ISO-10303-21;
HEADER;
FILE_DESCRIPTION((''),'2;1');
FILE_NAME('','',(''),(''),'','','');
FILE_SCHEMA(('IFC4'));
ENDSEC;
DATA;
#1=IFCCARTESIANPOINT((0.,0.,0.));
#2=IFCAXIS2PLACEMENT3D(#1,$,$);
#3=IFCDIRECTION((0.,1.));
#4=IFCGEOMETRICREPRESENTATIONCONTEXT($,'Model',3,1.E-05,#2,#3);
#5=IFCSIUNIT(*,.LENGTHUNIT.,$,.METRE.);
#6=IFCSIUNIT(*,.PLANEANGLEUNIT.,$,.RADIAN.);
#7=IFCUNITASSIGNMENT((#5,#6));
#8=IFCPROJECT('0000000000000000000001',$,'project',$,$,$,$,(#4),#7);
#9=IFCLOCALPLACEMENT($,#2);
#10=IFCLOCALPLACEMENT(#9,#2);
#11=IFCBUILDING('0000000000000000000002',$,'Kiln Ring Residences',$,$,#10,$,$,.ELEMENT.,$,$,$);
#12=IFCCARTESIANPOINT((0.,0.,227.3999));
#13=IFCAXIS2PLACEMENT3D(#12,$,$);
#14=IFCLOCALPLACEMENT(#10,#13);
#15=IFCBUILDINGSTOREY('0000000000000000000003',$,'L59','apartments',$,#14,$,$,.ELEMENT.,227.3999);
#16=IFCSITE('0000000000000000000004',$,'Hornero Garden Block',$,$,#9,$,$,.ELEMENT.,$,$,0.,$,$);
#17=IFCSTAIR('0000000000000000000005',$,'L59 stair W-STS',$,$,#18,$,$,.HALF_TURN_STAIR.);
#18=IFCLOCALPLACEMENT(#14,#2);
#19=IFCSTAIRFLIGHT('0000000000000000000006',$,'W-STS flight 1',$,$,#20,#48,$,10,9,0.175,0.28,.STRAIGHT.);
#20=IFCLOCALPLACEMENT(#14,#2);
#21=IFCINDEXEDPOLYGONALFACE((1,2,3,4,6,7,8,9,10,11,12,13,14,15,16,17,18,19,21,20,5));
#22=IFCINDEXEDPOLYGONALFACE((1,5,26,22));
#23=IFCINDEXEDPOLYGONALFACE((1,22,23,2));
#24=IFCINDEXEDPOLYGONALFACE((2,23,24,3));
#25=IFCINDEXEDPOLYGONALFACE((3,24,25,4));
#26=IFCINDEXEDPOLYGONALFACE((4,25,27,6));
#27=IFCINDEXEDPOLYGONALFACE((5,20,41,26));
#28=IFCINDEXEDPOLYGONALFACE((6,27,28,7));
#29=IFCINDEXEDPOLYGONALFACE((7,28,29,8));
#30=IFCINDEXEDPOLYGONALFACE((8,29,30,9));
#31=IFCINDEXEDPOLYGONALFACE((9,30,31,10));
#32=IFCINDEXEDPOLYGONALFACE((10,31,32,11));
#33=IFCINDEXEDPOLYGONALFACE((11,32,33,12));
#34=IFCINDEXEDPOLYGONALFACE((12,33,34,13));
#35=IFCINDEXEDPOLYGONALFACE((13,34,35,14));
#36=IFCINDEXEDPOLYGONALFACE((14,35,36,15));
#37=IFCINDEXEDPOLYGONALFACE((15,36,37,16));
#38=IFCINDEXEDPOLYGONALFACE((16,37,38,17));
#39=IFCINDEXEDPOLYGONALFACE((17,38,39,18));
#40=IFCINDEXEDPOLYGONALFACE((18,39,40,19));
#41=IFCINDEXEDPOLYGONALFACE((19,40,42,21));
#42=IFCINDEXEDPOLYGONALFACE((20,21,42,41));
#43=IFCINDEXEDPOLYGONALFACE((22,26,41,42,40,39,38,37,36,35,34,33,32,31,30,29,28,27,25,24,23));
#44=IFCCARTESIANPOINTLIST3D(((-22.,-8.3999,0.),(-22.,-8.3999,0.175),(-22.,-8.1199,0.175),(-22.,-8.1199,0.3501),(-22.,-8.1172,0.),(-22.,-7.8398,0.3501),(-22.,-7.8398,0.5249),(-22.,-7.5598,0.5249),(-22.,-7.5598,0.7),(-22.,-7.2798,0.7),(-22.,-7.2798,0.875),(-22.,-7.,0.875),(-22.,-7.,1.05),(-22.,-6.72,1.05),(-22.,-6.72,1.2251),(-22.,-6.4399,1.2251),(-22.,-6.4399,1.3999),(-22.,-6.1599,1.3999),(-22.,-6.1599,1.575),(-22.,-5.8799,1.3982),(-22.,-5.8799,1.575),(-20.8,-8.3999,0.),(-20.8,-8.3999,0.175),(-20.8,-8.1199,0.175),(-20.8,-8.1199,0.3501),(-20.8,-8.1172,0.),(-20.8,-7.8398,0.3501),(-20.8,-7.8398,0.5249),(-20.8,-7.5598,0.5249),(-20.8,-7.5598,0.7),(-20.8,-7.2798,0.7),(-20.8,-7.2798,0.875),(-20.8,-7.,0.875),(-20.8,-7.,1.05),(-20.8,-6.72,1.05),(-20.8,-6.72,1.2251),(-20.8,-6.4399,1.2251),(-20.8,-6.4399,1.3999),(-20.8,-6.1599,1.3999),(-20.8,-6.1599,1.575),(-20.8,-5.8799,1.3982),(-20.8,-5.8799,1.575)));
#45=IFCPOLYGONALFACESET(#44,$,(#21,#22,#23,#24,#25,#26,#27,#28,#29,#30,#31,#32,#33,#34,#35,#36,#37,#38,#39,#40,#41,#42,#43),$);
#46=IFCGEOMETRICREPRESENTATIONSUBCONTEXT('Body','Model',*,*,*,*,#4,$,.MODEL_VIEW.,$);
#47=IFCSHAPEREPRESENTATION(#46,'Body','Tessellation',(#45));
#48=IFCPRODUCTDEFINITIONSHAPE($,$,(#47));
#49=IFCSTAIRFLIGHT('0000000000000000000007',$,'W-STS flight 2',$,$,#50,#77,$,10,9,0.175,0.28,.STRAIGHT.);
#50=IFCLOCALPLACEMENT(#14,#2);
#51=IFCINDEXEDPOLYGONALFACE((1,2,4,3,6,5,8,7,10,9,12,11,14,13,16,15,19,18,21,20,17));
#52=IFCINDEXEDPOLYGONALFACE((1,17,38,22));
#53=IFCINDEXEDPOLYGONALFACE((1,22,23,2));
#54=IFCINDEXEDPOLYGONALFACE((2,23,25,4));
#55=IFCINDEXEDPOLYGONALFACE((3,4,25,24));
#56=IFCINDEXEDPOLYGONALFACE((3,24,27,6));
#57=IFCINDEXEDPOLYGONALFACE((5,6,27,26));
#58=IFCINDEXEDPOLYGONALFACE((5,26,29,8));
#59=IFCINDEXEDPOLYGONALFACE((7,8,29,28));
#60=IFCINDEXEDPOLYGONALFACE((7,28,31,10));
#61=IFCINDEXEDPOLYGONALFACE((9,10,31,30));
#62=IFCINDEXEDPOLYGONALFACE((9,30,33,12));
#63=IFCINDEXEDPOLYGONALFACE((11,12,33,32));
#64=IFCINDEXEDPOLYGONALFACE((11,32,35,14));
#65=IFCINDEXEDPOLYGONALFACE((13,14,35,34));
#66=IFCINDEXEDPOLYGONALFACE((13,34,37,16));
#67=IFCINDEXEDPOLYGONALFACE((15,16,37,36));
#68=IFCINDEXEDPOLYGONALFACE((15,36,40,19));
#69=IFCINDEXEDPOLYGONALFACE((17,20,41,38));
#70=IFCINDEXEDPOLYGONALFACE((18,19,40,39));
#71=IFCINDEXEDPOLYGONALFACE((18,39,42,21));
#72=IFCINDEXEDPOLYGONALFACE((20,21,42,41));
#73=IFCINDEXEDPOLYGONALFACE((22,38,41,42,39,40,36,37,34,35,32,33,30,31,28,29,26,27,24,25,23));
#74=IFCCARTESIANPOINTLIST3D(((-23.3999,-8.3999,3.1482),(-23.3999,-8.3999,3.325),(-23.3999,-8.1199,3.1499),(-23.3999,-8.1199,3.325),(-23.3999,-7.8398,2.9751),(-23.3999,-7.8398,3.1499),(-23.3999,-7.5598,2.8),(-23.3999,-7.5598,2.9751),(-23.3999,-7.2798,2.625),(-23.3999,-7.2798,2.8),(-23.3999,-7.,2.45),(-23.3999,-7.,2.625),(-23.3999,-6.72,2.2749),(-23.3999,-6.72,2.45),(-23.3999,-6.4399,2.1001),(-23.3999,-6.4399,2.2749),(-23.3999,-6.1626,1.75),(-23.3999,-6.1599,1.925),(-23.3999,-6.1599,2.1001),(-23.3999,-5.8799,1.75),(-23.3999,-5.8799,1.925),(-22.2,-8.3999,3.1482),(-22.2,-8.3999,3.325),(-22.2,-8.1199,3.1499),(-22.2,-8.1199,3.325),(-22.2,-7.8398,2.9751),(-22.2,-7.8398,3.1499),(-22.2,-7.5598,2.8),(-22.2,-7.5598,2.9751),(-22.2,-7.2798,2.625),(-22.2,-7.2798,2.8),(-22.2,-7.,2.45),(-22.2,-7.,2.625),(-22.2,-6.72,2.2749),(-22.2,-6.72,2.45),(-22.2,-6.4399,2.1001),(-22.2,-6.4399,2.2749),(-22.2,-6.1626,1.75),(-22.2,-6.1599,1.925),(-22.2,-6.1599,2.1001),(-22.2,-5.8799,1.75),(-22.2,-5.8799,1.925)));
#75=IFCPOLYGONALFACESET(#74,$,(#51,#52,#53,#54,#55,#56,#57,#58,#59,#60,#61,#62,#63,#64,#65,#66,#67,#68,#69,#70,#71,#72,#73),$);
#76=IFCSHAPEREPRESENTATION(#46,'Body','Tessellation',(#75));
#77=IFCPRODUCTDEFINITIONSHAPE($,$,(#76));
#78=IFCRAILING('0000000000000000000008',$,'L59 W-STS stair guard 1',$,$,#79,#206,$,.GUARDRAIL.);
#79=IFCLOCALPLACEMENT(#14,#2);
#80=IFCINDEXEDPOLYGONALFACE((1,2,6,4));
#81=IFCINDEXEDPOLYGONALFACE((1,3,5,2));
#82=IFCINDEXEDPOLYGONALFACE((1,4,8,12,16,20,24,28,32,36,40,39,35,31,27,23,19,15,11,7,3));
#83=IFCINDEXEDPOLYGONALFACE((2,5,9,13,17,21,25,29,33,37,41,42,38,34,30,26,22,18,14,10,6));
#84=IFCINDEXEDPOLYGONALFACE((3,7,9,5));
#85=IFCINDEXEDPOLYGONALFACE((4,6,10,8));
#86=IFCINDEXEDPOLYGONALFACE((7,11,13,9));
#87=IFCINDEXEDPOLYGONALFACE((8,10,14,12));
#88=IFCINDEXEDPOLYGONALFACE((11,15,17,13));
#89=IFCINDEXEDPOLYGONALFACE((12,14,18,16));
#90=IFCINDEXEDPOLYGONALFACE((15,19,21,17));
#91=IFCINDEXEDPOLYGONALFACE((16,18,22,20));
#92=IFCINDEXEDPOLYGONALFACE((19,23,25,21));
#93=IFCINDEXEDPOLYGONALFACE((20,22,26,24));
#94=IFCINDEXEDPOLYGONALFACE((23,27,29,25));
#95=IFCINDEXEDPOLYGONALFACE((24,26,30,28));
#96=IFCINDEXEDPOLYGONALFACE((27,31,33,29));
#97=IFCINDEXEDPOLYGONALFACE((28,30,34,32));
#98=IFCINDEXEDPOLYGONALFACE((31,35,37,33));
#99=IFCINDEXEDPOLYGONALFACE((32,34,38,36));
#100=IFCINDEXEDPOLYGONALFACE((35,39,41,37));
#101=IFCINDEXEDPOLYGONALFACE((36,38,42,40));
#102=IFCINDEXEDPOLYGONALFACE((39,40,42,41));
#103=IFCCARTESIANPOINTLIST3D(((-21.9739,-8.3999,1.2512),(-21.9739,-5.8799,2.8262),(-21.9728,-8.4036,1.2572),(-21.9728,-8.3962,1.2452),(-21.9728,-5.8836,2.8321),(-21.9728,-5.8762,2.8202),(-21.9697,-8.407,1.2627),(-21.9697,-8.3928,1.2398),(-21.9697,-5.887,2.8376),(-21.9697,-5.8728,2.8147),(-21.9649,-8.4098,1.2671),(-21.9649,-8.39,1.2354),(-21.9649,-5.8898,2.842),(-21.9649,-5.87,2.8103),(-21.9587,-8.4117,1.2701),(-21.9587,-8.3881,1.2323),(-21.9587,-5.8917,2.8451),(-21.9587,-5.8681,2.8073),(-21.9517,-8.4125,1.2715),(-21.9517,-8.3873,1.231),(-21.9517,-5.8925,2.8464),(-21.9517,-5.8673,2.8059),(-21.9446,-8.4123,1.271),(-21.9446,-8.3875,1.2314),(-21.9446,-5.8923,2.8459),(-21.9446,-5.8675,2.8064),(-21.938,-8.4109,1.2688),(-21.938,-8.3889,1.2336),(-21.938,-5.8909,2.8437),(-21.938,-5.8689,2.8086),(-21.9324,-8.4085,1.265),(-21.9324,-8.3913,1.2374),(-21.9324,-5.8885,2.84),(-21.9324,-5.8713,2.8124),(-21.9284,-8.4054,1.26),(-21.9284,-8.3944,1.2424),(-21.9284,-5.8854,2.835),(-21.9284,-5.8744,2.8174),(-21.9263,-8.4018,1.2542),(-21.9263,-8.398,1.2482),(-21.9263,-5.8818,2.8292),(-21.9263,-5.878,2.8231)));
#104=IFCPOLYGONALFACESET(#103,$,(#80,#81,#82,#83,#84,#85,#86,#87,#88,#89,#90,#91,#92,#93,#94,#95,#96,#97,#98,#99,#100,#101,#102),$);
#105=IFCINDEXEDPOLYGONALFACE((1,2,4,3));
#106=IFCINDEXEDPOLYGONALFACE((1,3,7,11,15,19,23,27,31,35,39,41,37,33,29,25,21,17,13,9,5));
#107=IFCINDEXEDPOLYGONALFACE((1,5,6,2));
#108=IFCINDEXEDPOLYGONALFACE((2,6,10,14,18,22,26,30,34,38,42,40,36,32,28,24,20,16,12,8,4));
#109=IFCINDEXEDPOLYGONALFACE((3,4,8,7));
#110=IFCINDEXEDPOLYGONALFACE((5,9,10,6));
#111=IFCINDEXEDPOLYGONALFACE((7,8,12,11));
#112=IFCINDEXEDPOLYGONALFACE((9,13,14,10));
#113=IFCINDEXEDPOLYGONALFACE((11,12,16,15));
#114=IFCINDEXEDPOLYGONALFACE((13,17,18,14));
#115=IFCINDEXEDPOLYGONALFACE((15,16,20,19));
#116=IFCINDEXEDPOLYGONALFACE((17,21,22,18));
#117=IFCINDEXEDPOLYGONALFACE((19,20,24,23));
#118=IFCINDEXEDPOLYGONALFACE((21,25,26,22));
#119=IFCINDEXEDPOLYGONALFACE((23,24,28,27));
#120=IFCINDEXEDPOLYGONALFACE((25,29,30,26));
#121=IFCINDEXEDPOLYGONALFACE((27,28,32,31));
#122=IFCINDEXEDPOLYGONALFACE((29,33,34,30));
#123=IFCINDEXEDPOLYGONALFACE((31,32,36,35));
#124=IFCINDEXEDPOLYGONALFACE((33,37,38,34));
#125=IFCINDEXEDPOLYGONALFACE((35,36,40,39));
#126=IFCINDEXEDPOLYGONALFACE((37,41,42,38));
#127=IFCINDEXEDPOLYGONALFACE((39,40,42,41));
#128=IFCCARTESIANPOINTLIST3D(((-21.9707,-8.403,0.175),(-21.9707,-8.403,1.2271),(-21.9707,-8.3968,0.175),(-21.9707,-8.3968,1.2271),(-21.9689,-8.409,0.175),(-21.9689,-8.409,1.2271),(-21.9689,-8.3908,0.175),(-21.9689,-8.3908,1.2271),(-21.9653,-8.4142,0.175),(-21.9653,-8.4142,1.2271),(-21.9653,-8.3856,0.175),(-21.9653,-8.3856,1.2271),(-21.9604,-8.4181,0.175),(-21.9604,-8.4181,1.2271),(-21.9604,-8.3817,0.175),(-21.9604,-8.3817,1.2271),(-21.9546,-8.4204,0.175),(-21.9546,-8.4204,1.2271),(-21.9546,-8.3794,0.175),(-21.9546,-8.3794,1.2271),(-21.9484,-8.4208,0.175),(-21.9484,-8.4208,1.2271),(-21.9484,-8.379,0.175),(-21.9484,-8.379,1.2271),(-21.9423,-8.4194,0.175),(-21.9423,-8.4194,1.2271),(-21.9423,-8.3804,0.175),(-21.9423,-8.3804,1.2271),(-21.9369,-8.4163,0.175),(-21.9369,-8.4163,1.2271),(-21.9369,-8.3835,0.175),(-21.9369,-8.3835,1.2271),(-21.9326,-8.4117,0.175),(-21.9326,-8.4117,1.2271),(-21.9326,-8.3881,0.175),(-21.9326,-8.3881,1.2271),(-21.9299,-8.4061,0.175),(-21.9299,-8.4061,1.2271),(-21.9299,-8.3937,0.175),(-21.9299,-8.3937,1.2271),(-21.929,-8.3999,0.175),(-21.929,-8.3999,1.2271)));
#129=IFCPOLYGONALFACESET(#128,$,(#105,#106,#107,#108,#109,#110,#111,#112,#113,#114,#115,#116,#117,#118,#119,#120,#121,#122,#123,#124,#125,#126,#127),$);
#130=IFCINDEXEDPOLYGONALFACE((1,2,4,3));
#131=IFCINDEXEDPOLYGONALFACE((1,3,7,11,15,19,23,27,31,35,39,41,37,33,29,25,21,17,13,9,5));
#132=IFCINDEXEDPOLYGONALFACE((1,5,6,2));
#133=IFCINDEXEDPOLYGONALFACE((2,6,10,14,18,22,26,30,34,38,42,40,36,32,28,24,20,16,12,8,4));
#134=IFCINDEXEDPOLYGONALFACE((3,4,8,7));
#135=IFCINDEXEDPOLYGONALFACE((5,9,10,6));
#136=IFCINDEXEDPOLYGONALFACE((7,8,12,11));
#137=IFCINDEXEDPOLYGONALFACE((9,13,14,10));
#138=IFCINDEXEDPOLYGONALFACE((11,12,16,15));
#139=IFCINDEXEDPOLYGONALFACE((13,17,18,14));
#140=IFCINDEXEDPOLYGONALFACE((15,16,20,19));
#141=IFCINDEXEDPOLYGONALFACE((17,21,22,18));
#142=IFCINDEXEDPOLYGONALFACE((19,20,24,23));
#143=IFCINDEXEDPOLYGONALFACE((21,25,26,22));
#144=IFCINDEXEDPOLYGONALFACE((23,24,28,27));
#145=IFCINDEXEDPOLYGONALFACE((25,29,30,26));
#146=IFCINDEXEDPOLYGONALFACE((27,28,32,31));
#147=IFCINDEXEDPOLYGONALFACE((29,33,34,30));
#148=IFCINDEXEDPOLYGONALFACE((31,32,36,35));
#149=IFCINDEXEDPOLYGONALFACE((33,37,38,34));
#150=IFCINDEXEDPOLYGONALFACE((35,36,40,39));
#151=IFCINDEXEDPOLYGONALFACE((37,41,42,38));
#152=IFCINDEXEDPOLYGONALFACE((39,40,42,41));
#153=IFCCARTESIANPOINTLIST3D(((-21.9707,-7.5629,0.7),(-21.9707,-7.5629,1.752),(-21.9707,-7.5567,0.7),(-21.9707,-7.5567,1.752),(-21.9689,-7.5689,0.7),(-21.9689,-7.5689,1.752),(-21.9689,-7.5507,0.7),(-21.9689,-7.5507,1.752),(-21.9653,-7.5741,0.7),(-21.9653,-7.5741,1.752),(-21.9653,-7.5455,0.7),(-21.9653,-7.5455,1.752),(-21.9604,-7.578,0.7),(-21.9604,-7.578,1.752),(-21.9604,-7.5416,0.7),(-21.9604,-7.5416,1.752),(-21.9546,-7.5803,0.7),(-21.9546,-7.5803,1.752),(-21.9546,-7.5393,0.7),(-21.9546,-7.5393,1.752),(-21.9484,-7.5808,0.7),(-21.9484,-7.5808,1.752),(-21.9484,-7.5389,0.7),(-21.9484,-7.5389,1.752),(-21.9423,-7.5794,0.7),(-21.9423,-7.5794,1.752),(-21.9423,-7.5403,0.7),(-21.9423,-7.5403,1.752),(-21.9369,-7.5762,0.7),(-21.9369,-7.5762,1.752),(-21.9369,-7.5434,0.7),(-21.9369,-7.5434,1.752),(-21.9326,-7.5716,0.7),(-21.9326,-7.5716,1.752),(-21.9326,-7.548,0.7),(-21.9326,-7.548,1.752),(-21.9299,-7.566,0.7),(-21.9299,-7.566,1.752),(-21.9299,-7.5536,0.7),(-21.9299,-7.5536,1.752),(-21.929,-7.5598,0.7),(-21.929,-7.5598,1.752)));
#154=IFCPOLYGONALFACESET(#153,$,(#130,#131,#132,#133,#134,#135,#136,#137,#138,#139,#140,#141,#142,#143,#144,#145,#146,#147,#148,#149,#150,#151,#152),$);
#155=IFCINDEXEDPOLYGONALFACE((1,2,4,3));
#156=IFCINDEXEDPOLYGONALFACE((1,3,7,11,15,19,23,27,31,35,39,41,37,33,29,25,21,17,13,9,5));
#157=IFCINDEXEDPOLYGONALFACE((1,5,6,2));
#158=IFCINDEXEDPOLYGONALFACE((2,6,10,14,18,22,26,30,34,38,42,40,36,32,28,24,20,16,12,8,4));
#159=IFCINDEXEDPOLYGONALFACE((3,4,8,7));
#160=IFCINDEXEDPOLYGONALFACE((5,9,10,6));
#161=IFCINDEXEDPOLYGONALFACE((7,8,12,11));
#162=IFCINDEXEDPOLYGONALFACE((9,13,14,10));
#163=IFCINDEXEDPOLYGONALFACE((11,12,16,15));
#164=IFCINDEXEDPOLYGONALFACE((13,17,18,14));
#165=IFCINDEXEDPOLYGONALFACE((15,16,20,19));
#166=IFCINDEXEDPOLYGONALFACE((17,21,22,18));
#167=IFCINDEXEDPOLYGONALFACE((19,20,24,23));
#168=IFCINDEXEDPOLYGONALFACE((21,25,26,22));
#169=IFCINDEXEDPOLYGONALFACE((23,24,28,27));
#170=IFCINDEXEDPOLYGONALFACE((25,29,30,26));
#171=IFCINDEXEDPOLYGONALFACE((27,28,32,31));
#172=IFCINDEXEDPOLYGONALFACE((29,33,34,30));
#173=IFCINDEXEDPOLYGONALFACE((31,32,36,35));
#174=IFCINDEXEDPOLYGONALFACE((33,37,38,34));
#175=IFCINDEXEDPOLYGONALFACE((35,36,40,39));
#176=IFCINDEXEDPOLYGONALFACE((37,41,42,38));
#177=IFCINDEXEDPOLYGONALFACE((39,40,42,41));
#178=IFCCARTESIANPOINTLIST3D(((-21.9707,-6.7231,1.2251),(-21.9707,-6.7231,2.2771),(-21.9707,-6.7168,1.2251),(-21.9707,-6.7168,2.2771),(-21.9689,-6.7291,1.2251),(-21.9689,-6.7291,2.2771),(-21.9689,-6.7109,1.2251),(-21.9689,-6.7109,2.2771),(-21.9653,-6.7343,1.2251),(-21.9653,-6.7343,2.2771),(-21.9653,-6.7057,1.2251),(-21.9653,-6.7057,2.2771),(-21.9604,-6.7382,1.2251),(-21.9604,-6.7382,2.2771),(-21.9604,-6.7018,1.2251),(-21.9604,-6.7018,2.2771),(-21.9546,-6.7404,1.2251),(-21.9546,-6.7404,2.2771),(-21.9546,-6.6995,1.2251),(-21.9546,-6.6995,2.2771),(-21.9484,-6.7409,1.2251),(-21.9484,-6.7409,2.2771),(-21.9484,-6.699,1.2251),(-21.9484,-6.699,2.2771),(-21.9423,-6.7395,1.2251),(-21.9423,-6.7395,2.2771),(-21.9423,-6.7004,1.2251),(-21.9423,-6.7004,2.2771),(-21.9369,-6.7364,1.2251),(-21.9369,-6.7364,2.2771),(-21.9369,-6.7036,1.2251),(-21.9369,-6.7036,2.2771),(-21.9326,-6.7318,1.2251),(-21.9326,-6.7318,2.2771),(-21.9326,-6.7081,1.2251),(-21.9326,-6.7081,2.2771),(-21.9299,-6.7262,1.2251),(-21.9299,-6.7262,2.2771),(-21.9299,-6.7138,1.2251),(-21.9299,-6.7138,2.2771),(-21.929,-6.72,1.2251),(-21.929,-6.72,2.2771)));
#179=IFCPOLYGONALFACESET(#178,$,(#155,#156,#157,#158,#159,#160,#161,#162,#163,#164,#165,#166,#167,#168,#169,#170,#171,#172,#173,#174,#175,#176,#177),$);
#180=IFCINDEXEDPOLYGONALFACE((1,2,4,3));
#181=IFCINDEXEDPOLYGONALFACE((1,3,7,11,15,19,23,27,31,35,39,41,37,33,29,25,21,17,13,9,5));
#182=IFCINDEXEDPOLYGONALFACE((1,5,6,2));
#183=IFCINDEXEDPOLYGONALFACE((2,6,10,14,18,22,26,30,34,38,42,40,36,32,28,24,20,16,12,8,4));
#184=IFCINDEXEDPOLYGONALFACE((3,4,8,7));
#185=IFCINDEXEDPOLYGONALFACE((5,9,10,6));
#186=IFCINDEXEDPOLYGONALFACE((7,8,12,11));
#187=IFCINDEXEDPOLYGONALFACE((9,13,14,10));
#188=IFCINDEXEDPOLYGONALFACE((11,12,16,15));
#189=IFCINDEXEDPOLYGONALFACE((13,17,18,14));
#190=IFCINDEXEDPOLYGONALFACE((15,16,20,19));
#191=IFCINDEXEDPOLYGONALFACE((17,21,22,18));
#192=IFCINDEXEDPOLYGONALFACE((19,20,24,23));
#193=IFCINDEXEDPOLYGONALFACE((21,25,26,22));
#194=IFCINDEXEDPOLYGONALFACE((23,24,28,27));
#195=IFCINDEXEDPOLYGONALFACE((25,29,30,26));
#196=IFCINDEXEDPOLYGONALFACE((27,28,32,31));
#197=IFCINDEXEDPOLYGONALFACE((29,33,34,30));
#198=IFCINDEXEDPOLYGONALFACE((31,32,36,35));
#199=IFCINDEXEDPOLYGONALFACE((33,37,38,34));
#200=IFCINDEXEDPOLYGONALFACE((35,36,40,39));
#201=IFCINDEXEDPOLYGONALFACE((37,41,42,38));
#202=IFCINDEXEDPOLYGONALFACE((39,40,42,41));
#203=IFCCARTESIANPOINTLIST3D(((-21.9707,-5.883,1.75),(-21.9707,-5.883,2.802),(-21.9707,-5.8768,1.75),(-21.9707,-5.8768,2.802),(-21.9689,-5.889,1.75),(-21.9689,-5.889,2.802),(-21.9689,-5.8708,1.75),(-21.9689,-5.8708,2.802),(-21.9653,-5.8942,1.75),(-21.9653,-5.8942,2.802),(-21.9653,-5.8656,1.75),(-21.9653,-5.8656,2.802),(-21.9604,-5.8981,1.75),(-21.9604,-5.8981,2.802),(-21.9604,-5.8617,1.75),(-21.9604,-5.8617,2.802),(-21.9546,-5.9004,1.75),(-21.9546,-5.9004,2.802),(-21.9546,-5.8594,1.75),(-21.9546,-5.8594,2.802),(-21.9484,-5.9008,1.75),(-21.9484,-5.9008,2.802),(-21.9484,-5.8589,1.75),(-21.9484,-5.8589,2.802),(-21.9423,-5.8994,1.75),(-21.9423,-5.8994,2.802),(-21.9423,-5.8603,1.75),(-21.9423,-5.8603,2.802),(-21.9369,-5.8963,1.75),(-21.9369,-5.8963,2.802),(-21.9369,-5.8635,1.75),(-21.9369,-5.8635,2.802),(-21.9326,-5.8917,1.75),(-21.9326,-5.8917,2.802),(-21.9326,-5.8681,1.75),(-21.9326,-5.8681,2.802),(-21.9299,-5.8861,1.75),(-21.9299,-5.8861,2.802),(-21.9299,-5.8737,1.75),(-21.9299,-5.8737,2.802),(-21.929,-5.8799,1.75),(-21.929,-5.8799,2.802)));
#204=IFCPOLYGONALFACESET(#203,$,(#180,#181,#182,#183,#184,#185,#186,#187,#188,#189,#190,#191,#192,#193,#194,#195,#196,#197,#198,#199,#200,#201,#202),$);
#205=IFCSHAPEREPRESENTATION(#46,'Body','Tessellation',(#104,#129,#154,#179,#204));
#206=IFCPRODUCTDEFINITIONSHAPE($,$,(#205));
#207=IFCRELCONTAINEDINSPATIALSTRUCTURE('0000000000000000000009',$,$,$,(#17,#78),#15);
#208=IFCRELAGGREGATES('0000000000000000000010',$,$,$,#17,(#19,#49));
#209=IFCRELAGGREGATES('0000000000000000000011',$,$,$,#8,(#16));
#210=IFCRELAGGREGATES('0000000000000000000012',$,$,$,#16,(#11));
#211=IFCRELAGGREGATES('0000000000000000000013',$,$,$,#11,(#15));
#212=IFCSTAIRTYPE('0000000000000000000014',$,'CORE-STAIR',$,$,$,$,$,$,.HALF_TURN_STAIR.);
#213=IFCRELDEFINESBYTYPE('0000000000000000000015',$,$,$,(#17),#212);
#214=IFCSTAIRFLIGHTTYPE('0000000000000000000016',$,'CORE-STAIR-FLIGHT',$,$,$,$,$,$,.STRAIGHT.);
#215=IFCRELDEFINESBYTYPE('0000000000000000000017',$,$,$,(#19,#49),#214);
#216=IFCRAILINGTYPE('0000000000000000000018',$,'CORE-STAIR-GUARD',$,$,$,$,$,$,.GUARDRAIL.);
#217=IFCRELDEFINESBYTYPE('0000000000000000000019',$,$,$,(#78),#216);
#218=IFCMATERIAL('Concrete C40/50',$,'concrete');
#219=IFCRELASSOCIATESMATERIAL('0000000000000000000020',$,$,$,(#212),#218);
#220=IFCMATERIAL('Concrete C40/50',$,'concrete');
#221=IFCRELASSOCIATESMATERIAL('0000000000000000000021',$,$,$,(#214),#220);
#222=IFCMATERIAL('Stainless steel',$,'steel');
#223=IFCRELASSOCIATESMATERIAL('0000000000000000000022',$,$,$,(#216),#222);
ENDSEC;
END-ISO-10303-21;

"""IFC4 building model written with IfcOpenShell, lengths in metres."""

from ifc_helpers import new_model, si_unit, direction, frame, origin, origin_2d, place, context, subcontext, project, spatial, polyline, circle, outline, extrude, material, type_object, element, aggregate, save


model = new_model("IFC4")

# Units and contexts
model_context = context("Model", 3, precision=1e-05, world=origin(), true_north=direction((0.0, 1.0)))
body_context = subcontext(model_context, "Body", "Model", "MODEL_VIEW")
ifc_project = project(units=[si_unit("LENGTHUNIT", "METRE"), si_unit("PLANEANGLEUNIT", "RADIAN")], contexts=[model_context])

# Site, building, storey
site_placement = place(None, origin())
site = spatial("IfcSite", under=ifc_project, at=site_placement, Name="Hornero Garden Block", CompositionType="ELEMENT", RefElevation=0.0)
building_placement = place(site_placement, origin())
building = spatial("IfcBuilding", under=site, at=building_placement, Name="Kiln Ring Residences", CompositionType="ELEMENT")
storey_placement = place(building_placement, frame((0.0, 0.0, 227.3999)))
storey = spatial("IfcBuildingStorey", under=building, at=storey_placement, Name="L59", Description="apartments", CompositionType="ELEMENT", Elevation=227.3999)

# Stair, stair flights
ifc_material_1 = material(Name="Concrete C40/50", Category="concrete")
stair_type = type_object("IfcStairType", Name="CORE-STAIR", PredefinedType="HALF_TURN_STAIR", material=ifc_material_1)
stair_placement = place(storey_placement, origin())
stair = element("IfcStair", 1, at=stair_placement, inside=storey, type_object=stair_type, Name="L59 stair W-STS", PredefinedType="HALF_TURN_STAIR")
ifc_material_2 = material(Name="Concrete C40/50", Category="concrete")
stair_flight_type = type_object("IfcStairFlightType", Name="CORE-STAIR-FLIGHT", PredefinedType="STRAIGHT", material=ifc_material_2)
stair_flight_1_placement = place(storey_placement, frame((-21.3999, -8.3999, 0.0), z_axis=(0.0, 0.0, 1.0), x_axis=(0.0, 1.0, 0.0)))
stair_flight_1 = element("IfcStairFlight", 2, at=stair_flight_1_placement, type_object=stair_flight_type, Name="W-STS flight 1", NumberOfRisers=10, NumberOfTreads=9, PredefinedType="STRAIGHT", RiserHeight=0.175, TreadLength=0.28, context=body_context, shape_type="SweptSolid", body=[
    extrude(outline(polyline([(0.0, 0.0), (0.0, 0.175), (0.28, 0.175), (0.28, 0.3501), (0.5601, 0.3501), (0.5601, 0.5249), (0.8401, 0.5249), (0.8401, 0.7), (1.1201, 0.7), (1.1201, 0.875), (1.3999, 0.875), (1.3999, 1.05), (1.6799, 1.05), (1.6799, 1.2251), (1.96, 1.2251), (1.96, 1.3999), (2.24, 1.3999), (2.24, 1.575), (2.52, 1.575), (2.52, 1.75), (2.52, 1.3982), (0.2827, 0.0), (0.0, 0.0)])), frame((0.0, 0.6001, 0.0), z_axis=(0.0, -1.0, 0.0), x_axis=(1.0, 0.0, 0.0)), (0.0, 0.0, 1.0), 1.2),
])
stair_flight_2_placement = place(storey_placement, frame((-22.8, -5.8799, 1.75), z_axis=(0.0, 0.0, 1.0), x_axis=(0.0, -1.0, 0.0)))
stair_flight_2 = element("IfcStairFlight", 3, at=stair_flight_2_placement, type_object=stair_flight_type, Name="W-STS flight 2", NumberOfRisers=10, NumberOfTreads=9, PredefinedType="STRAIGHT", RiserHeight=0.175, TreadLength=0.28, context=body_context, shape_type="SweptSolid", body=[
    extrude(outline(polyline([(0.0, 0.0), (0.0, 0.175), (0.28, 0.175), (0.28, 0.3501), (0.5601, 0.3501), (0.5601, 0.5249), (0.8401, 0.5249), (0.8401, 0.7), (1.1201, 0.7), (1.1201, 0.875), (1.3999, 0.875), (1.3999, 1.05), (1.6799, 1.05), (1.6799, 1.2251), (1.96, 1.2251), (1.96, 1.3999), (2.24, 1.3999), (2.24, 1.575), (2.52, 1.575), (2.52, 1.75), (2.52, 1.3982), (0.2827, 0.0), (0.0, 0.0)])), frame((0.0, 0.6001, 0.0), z_axis=(0.0, -1.0, 0.0), x_axis=(1.0, 0.0, 0.0)), (0.0, 0.0, 1.0), 1.2),
])
aggregate(stair, [stair_flight_1, stair_flight_2])

# Railing
ifc_material_3 = material(Name="Stainless steel", Category="steel")
railing_type_1 = type_object("IfcRailingType", Name="CORE-STAIR-GUARD", PredefinedType="GUARDRAIL", material=ifc_material_3)
railing_1_placement = place(storey_placement, frame((-21.95, -8.3999, 0.175)))
element("IfcRailing", 4, at=railing_1_placement, inside=storey, type_object=railing_type_1, Name="L59 W-STS stair guard 1", PredefinedType="GUARDRAIL", context=body_context, shape_type="SweptSolid", body=[
    extrude(circle(Radius=0.0239, at=origin_2d()), frame((0.0, 0.0, 1.0762), z_axis=(0.0, 0.848008, 0.529984), x_axis=(-1.0, 0.0, 0.0)), (0.0, 0.0, 1.0), 2.9717),
    extrude(circle(Radius=0.021, at=origin_2d()), origin(), (0.0, 0.0, 1.0), 1.052),
    extrude(circle(Radius=0.021, at=origin_2d()), frame((0.0, 0.8401, 0.5249)), (0.0, 0.0, 1.0), 1.052),
    extrude(circle(Radius=0.021, at=origin_2d()), frame((0.0, 1.6799, 1.05)), (0.0, 0.0, 1.0), 1.052),
    extrude(circle(Radius=0.021, at=origin_2d()), frame((0.0, 2.52, 1.575)), (0.0, 0.0, 1.0), 1.052),
])

save(model, "model.ifc")
